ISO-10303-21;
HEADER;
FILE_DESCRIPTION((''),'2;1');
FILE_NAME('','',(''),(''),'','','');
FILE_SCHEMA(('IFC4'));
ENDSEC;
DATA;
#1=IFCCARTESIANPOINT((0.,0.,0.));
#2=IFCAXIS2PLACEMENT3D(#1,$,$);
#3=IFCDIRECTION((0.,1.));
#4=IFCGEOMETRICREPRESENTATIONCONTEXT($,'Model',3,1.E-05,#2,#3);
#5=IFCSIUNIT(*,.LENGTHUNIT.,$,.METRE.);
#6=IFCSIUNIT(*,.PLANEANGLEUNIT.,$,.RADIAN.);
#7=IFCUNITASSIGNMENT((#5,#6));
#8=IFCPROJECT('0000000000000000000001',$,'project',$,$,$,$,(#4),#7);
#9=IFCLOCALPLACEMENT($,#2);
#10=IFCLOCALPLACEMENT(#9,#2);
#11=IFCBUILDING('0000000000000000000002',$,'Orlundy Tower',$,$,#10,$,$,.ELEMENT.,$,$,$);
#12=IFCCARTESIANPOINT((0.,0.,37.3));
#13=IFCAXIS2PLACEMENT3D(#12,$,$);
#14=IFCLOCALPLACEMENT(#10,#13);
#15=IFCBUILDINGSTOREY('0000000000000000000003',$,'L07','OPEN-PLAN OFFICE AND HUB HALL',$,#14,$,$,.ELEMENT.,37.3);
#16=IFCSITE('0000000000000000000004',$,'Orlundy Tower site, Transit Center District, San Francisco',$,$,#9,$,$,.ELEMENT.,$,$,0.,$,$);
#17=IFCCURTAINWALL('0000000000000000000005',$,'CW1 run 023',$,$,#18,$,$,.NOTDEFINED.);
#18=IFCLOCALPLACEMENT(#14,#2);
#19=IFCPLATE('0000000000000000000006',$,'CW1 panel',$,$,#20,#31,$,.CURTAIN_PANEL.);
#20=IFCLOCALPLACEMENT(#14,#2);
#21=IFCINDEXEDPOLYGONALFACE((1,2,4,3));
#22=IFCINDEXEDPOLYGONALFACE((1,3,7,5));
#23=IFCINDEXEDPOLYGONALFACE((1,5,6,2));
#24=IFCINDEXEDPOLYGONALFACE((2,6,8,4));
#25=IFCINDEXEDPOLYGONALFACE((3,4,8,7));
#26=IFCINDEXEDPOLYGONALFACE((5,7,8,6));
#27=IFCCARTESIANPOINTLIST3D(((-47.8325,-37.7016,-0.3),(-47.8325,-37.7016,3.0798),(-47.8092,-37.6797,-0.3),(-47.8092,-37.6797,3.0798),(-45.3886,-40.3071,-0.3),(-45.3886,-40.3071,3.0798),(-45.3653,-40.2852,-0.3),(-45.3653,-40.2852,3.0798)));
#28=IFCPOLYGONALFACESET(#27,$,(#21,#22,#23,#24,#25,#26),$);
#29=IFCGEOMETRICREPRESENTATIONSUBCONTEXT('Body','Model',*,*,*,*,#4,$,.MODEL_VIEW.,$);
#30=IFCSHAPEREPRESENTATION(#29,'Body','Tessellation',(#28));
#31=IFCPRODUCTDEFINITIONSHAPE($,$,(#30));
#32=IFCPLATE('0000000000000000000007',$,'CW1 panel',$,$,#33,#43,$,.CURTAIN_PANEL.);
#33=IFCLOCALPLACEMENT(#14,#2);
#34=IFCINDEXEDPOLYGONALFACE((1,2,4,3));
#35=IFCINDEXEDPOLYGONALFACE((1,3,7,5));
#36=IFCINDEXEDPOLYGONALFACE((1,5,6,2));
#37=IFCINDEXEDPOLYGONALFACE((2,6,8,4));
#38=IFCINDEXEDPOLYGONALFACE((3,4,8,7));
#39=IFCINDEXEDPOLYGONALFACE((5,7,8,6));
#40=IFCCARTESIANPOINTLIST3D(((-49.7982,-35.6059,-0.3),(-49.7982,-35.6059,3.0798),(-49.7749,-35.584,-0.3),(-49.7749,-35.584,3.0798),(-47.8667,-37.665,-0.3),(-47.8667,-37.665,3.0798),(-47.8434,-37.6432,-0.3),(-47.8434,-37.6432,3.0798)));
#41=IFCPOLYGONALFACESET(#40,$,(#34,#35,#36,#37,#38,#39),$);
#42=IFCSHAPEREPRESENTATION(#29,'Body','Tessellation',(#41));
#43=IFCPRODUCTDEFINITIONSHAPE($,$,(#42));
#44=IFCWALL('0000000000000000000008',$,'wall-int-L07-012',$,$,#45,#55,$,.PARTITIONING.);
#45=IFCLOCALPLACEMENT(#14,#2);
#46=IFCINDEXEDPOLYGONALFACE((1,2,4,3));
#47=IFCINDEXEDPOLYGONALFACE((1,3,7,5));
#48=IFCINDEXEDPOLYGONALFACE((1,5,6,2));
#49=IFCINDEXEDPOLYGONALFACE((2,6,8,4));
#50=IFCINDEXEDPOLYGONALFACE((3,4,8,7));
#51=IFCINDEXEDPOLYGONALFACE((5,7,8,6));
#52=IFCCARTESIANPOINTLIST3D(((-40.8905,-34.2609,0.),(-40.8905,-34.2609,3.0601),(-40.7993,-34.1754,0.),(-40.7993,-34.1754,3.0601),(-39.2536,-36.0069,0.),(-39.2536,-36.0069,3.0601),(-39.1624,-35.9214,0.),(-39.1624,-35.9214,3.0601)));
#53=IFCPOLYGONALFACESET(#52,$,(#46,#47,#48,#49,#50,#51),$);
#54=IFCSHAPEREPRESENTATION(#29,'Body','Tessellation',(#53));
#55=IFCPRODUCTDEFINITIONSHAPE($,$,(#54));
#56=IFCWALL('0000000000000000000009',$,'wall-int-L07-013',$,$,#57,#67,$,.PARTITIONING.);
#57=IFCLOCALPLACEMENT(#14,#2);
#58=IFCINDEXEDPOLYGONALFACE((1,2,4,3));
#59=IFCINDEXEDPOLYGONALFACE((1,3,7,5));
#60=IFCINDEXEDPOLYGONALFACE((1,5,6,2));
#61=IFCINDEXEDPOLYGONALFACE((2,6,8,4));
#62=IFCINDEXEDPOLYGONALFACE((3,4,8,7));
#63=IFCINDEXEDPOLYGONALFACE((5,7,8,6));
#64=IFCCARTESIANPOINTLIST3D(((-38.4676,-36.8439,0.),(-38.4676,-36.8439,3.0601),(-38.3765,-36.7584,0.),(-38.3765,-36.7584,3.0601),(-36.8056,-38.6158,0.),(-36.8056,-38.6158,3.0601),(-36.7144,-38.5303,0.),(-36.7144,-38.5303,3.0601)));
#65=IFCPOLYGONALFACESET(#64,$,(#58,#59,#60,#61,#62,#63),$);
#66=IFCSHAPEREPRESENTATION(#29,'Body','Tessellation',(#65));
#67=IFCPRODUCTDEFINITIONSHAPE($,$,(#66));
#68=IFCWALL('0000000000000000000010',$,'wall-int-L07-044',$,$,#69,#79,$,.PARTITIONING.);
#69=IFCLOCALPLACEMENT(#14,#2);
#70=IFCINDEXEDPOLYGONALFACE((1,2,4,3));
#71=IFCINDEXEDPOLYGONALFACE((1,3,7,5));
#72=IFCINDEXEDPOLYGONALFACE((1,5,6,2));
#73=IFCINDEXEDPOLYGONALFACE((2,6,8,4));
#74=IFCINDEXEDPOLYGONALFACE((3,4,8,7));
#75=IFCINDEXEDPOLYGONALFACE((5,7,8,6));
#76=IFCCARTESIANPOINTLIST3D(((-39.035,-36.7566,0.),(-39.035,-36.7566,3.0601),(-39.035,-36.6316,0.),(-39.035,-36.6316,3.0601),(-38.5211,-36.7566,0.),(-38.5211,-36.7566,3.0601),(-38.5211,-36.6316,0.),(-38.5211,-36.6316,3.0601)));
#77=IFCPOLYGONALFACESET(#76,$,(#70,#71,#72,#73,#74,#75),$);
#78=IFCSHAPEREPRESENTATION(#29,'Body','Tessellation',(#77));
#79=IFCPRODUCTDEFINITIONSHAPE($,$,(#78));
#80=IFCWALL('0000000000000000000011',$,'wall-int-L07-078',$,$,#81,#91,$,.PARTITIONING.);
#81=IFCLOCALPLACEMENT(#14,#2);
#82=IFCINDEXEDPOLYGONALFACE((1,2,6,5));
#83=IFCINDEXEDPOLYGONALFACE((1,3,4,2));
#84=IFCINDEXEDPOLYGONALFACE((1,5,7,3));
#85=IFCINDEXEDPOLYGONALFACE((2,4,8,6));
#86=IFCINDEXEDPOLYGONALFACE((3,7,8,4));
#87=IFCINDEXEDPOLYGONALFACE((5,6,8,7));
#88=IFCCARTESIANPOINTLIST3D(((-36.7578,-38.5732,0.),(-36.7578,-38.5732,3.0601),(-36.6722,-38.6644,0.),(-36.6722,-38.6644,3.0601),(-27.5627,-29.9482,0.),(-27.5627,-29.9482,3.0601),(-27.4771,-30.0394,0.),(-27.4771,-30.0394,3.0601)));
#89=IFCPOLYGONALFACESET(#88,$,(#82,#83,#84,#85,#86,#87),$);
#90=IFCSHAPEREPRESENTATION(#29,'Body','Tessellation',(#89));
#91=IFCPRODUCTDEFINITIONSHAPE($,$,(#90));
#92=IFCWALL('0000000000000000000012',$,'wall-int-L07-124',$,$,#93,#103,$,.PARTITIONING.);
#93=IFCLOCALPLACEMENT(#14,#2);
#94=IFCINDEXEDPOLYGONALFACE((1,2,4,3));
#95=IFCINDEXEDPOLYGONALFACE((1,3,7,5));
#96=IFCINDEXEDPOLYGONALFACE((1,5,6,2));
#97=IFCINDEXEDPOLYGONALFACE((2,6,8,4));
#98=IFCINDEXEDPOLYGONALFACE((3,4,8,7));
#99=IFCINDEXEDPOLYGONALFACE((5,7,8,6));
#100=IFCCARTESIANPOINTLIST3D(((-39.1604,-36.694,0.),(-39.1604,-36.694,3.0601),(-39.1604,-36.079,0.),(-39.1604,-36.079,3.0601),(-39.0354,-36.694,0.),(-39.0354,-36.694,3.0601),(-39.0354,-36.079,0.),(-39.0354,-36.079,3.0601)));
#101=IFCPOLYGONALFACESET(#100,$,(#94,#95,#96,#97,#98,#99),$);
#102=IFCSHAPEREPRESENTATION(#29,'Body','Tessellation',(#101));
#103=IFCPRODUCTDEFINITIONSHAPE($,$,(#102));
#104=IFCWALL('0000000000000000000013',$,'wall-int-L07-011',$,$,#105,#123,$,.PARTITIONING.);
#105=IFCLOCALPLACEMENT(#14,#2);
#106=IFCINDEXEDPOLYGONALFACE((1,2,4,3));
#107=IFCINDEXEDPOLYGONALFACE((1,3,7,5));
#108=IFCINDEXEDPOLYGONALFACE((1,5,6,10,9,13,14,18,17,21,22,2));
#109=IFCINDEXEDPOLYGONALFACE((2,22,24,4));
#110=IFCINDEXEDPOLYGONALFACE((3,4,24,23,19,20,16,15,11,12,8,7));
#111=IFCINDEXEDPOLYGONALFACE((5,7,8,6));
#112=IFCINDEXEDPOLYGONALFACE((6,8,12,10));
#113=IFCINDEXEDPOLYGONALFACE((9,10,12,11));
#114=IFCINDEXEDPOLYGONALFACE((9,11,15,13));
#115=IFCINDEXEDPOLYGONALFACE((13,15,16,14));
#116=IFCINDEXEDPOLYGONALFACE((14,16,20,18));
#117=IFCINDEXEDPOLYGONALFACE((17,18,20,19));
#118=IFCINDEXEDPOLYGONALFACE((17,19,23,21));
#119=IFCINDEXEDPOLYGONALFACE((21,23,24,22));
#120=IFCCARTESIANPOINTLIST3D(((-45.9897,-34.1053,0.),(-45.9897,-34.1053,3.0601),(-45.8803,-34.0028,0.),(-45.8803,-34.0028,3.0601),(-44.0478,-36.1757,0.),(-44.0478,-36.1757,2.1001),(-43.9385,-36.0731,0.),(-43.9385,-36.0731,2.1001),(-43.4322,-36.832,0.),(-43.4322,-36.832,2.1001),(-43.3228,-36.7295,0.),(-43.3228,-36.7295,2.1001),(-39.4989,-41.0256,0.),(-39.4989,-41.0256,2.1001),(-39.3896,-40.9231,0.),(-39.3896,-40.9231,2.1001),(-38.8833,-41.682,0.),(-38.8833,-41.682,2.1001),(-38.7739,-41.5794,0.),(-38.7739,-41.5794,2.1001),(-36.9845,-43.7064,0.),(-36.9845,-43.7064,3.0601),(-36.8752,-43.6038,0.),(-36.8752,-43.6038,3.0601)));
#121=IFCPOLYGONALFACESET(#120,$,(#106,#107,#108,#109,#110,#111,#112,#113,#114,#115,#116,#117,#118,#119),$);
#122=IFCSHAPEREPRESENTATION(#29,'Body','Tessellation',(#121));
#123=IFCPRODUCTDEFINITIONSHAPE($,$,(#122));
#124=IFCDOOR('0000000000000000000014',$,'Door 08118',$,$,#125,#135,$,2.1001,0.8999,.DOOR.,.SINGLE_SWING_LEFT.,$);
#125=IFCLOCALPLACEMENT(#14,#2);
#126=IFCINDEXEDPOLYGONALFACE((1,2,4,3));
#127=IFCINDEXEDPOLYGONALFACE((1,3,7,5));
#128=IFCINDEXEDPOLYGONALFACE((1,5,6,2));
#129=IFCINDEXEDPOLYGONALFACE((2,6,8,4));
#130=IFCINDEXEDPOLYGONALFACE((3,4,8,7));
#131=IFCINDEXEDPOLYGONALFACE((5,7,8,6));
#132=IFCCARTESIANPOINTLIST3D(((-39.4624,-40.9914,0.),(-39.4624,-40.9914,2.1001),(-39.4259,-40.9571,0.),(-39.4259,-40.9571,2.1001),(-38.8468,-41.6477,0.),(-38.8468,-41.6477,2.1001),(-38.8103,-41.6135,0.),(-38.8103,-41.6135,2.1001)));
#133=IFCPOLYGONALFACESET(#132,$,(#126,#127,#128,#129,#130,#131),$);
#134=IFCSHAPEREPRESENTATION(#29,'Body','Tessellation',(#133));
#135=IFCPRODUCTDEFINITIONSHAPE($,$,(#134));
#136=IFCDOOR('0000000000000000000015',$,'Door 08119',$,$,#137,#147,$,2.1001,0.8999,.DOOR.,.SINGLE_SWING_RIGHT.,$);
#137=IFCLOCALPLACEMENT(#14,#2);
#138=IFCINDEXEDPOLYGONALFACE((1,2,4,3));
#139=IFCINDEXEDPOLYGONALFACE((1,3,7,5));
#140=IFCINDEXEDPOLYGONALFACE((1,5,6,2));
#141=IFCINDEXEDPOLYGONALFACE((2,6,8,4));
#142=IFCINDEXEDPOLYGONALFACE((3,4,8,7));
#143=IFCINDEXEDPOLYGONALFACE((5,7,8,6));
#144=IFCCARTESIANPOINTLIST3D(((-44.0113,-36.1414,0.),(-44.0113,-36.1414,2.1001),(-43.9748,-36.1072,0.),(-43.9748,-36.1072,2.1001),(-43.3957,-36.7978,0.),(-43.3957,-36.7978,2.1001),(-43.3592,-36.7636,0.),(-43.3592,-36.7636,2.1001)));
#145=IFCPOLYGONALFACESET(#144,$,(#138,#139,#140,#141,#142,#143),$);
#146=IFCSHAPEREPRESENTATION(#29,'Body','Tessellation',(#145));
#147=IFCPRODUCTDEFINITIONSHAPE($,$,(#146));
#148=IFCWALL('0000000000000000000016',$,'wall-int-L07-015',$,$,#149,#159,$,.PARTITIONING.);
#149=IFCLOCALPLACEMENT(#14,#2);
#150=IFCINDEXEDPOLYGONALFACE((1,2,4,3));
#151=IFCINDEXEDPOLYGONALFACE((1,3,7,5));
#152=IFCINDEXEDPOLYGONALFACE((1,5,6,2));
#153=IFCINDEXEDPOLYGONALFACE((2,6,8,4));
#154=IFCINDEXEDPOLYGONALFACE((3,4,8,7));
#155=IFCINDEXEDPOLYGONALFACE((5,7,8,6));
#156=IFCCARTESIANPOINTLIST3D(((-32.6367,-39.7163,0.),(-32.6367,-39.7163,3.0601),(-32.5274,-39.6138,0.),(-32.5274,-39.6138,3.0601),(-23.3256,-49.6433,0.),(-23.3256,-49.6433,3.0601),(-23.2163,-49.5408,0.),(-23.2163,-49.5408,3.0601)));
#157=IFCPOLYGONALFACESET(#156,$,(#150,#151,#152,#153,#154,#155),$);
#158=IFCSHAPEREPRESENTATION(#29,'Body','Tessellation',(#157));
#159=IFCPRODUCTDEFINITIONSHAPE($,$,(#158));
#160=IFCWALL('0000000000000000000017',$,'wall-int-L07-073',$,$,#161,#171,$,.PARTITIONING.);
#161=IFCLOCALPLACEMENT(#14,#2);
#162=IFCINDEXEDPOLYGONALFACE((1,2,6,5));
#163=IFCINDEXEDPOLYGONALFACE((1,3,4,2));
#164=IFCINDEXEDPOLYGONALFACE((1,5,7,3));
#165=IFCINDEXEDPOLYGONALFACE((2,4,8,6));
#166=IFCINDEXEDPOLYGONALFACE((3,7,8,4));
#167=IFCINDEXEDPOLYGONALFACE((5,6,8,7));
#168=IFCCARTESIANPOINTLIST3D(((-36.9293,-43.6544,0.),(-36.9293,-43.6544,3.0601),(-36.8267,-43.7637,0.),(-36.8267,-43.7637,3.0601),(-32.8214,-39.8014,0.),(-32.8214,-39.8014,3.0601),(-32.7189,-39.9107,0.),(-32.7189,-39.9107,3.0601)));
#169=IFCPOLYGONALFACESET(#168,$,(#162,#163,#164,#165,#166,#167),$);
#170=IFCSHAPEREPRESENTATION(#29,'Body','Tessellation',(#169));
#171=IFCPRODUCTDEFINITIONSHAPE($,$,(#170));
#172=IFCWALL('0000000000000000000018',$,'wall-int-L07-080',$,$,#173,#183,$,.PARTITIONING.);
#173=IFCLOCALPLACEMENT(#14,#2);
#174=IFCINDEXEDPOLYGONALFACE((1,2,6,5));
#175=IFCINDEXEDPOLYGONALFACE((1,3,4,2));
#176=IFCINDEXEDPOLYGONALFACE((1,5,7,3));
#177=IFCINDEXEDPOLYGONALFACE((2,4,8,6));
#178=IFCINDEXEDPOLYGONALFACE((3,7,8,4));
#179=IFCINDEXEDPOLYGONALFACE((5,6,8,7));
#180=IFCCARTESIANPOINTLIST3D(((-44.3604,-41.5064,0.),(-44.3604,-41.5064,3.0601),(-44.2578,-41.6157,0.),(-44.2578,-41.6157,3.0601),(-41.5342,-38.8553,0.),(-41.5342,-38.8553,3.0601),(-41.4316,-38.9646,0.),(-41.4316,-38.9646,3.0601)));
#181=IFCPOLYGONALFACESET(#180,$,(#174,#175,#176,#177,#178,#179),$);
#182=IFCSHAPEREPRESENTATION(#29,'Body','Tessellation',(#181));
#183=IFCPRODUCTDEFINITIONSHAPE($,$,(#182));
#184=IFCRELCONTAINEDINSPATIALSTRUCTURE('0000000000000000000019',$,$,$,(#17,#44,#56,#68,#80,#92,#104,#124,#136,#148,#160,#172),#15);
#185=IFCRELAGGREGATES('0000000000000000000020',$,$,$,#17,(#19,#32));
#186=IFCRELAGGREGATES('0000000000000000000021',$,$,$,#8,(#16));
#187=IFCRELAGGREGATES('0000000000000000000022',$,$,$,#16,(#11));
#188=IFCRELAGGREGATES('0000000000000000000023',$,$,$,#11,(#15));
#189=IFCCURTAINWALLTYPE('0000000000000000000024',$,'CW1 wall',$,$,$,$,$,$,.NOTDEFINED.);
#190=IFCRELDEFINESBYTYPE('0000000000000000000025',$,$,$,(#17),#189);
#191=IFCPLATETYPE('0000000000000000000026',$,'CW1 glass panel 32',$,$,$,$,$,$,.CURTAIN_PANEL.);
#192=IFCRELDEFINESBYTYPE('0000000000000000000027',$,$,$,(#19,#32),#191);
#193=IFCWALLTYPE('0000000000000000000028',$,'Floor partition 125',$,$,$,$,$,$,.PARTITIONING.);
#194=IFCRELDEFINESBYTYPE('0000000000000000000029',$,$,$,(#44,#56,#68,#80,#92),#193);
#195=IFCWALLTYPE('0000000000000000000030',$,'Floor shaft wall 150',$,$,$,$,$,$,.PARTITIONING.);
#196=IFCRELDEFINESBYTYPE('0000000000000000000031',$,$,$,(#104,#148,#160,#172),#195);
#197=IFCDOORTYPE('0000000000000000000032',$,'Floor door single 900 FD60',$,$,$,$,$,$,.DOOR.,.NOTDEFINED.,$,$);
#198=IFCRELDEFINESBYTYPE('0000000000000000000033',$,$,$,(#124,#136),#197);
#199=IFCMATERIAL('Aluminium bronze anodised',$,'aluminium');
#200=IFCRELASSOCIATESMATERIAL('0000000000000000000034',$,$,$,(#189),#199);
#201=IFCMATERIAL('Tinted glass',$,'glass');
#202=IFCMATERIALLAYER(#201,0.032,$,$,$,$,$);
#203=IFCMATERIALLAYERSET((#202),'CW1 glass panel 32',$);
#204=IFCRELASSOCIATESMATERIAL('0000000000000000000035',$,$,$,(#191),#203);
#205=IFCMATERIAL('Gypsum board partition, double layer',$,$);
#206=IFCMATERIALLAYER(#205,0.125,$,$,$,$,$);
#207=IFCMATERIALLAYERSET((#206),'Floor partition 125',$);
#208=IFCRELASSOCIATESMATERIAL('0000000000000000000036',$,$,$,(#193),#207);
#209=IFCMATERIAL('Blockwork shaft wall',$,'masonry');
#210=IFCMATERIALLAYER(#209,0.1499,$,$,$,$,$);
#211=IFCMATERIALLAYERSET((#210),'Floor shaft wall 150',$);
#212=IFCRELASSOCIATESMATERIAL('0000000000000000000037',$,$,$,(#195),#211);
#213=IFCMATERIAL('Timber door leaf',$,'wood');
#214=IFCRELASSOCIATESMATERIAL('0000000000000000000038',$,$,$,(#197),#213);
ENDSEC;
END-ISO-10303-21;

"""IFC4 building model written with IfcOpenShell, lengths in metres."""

from ifc_helpers import new_model, si_unit, direction, frame, frame_2d, origin, origin_2d, place, context, subcontext, project, spatial, rectangle, extrude, material, layer, layer_set, type_object, element, fill, aggregate, save


model = new_model("IFC4")

# Units and contexts
model_context = context("Model", 3, precision=1e-05, world=origin(), true_north=direction((0.0, 1.0)))
body_context = subcontext(model_context, "Body", "Model", "MODEL_VIEW")
ifc_project = project(units=[si_unit("LENGTHUNIT", "METRE"), si_unit("PLANEANGLEUNIT", "RADIAN")], contexts=[model_context])

# Site, building, storey
site_placement = place(None, origin())
site = spatial("IfcSite", under=ifc_project, at=site_placement, Name="Orlundy Tower site, Transit Center District, San Francisco", CompositionType="ELEMENT", RefElevation=0.0)
building_placement = place(site_placement, origin())
building = spatial("IfcBuilding", under=site, at=building_placement, Name="Orlundy Tower", CompositionType="ELEMENT")
storey_placement = place(building_placement, frame((0.0, 0.0, 37.3)))
storey = spatial("IfcBuildingStorey", under=building, at=storey_placement, Name="L07", Description="OPEN-PLAN OFFICE AND HUB HALL", CompositionType="ELEMENT", Elevation=37.3)

# Shared definitions
ifc_material_1 = material(Name="Aluminium bronze anodised", Category="aluminium")
curtain_wall_type = type_object("IfcCurtainWallType", Name="CW1 wall", PredefinedType="NOTDEFINED", material=ifc_material_1)

# Curtain wall
curtain_wall_1_placement = place(storey_placement, origin())
curtain_wall_1 = element("IfcCurtainWall", 1, at=curtain_wall_1_placement, inside=storey, type_object=curtain_wall_type, Name="CW1 run 023", PredefinedType="NOTDEFINED")

# Plates
ifc_material_2 = material(Name="Tinted glass", Category="glass")
ifc_layer_1 = layer(ifc_material_2, 0.032)
ifc_layer_set_1 = layer_set([ifc_layer_1], Name="CW1 glass panel 32")
plate_type = type_object("IfcPlateType", Name="CW1 glass panel 32", PredefinedType="CURTAIN_PANEL", material=ifc_layer_set_1)
plate_1_placement = place(storey_placement, frame((-46.5989, -38.9934, -0.3), z_axis=(0.0, 0.0, 1.0), x_axis=(-0.684126, 0.729363, 0.0)))
plate_1 = element("IfcPlate", 2, at=plate_1_placement, type_object=plate_type, Name="CW1 panel", PredefinedType="CURTAIN_PANEL", context=body_context, shape_type="SweptSolid", body=[
    extrude(rectangle(XDim=3.5723, YDim=0.032, at=origin_2d()), origin(), (0.0, 0.0, 1.0), 3.3799),
])
plate_2_placement = place(storey_placement, frame((-48.8208, -36.6245, -0.3), z_axis=(0.0, 0.0, 1.0), x_axis=(-0.684126, 0.729363, 0.0)))
plate_2 = element("IfcPlate", 3, at=plate_2_placement, type_object=plate_type, Name="CW1 panel", PredefinedType="CURTAIN_PANEL", context=body_context, shape_type="SweptSolid", body=[
    extrude(rectangle(XDim=2.8232, YDim=0.032, at=origin_2d()), origin(), (0.0, 0.0, 1.0), 3.3799),
])
aggregate(curtain_wall_1, [plate_1, plate_2])

# Walls
ifc_material_3 = material(Name="Gypsum board partition, double layer")
ifc_layer_2 = layer(ifc_material_3, 0.125)
ifc_layer_set_2 = layer_set([ifc_layer_2], Name="Floor partition 125")
wall_type_1 = type_object("IfcWallType", Name="Floor partition 125", PredefinedType="PARTITIONING", material=ifc_layer_set_2)
wall_1_placement = place(storey_placement, frame((-40.845, -34.218, 0.0), z_axis=(0.0, 0.0, 1.0), x_axis=(0.683941, -0.729537, 0.0)))
element("IfcWall", 4, at=wall_1_placement, inside=storey, type_object=wall_type_1, Name="wall-int-L07-012", PredefinedType="PARTITIONING", context=body_context, shape_type="SweptSolid", body=[
    extrude(rectangle(XDim=2.3933, YDim=0.125, at=frame_2d((1.1968, 0.0))), origin(), (0.0, 0.0, 1.0), 3.0601),
])
wall_2_placement = place(storey_placement, frame((-38.4221, -36.801, 0.0), z_axis=(0.0, 0.0, 1.0), x_axis=(0.684135, -0.729355, 0.0)))
element("IfcWall", 5, at=wall_2_placement, inside=storey, type_object=wall_type_1, Name="wall-int-L07-013", PredefinedType="PARTITIONING", context=body_context, shape_type="SweptSolid", body=[
    extrude(rectangle(XDim=2.4294, YDim=0.125, at=frame_2d((1.2148, 0.0))), origin(), (0.0, 0.0, 1.0), 3.0601),
])
wall_3_placement = place(storey_placement, frame((-39.0349, -36.6941, 0.0), z_axis=(0.0, 0.0, 1.0), x_axis=(1.0, 0.0, 0.0)))
element("IfcWall", 6, at=wall_3_placement, inside=storey, type_object=wall_type_1, Name="wall-int-L07-044", PredefinedType="PARTITIONING", context=body_context, shape_type="SweptSolid", body=[
    extrude(rectangle(XDim=0.5139, YDim=0.125, at=frame_2d((0.2568, 0.0))), origin(), (0.0, 0.0, 1.0), 3.0601),
])
wall_4_placement = place(storey_placement, frame((-36.7151, -38.6189, 0.0), z_axis=(0.0, 0.0, 1.0), x_axis=(0.729354, 0.684136, 0.0)))
element("IfcWall", 7, at=wall_4_placement, inside=storey, type_object=wall_type_1, Name="wall-int-L07-078", PredefinedType="PARTITIONING", context=body_context, shape_type="SweptSolid", body=[
    extrude(rectangle(XDim=12.6072, YDim=0.125, at=frame_2d((6.3037, 0.0))), origin(), (0.0, 0.0, 1.0), 3.0601),
])
wall_5_placement = place(storey_placement, frame((-39.0979, -36.6941, 0.0), z_axis=(0.0, 0.0, 1.0), x_axis=(0.0, 1.0, 0.0)))
element("IfcWall", 8, at=wall_5_placement, inside=storey, type_object=wall_type_1, Name="wall-int-L07-124", PredefinedType="PARTITIONING", context=body_context, shape_type="SweptSolid", body=[
    extrude(rectangle(XDim=0.615, YDim=0.125, at=frame_2d((0.3076, 0.0))), origin(), (0.0, 0.0, 1.0), 3.0601),
])

# Wall, openings, doors
ifc_material_4 = material(Name="Blockwork shaft wall", Category="masonry")
ifc_layer_3 = layer(ifc_material_4, 0.1499)
ifc_layer_set_3 = layer_set([ifc_layer_3], Name="Floor shaft wall 150")
wall_type_2 = type_object("IfcWallType", Name="Floor shaft wall 150", PredefinedType="PARTITIONING", material=ifc_layer_set_3)
wall_6_placement = place(storey_placement, frame((-36.9299, -43.655, 0.0), z_axis=(0.0, 0.0, 1.0), x_axis=(-0.684108, 0.729381, 0.0)))
wall_6 = element("IfcWall", 9, at=wall_6_placement, inside=storey, type_object=wall_type_2, Name="wall-int-L07-011", PredefinedType="PARTITIONING", context=body_context, shape_type="SweptSolid", body=[
    extrude(rectangle(XDim=13.1633, YDim=0.1499, at=frame_2d((6.5815, 0.0))), origin(), (0.0, 0.0, 1.0), 3.0601),
])
opening_1_placement = place(wall_6_placement, frame((2.7754, 0.0, 0.0)))
opening_1 = element("IfcOpeningElement", 10, at=opening_1_placement, cuts=wall_6, PredefinedType="OPENING", context=body_context, shape_type="SweptSolid", body=[
    extrude(rectangle(XDim=0.8999, YDim=2.1001, at=frame_2d((0.45, 1.05))), frame((0.0, 0.085, 0.0), z_axis=(0.0, -1.0, 0.0), x_axis=(1.0, 0.0, 0.0)), (0.0, 0.0, 1.0), 0.1699),
])
opening_2_placement = place(wall_6_placement, frame((9.4248, 0.0, 0.0)))
opening_2 = element("IfcOpeningElement", 11, at=opening_2_placement, cuts=wall_6, PredefinedType="OPENING", context=body_context, shape_type="SweptSolid", body=[
    extrude(rectangle(XDim=0.8999, YDim=2.1001, at=frame_2d((0.45, 1.05))), frame((0.0, 0.085, 0.0), z_axis=(0.0, -1.0, 0.0), x_axis=(1.0, 0.0, 0.0)), (0.0, 0.0, 1.0), 0.1699),
])
ifc_material_5 = material(Name="Timber door leaf", Category="wood")
door_type = type_object("IfcDoorType", Name="Floor door single 900 FD60", OperationType="NOTDEFINED", PredefinedType="DOOR", material=ifc_material_5)
door_1_placement = place(opening_1_placement, origin())
door_1 = element("IfcDoor", 12, at=door_1_placement, inside=storey, type_object=door_type, Name="Door 08118", OperationType="SINGLE_SWING_LEFT", OverallHeight=2.1001, OverallWidth=0.8999, PredefinedType="DOOR", context=body_context, shape_type="SweptSolid", body=[
    extrude(rectangle(XDim=0.8999, YDim=2.1001, at=frame_2d((0.45, 1.05))), frame((0.0, 0.0249, 0.0), z_axis=(0.0, -1.0, 0.0), x_axis=(1.0, 0.0, 0.0)), (0.0, 0.0, 1.0), 0.05),
])
fill(opening_1, door_1)
door_2_placement = place(opening_2_placement, origin())
door_2 = element("IfcDoor", 13, at=door_2_placement, inside=storey, type_object=door_type, Name="Door 08119", OperationType="SINGLE_SWING_RIGHT", OverallHeight=2.1001, OverallWidth=0.8999, PredefinedType="DOOR", context=body_context, shape_type="SweptSolid", body=[
    extrude(rectangle(XDim=0.8999, YDim=2.1001, at=frame_2d((0.45, 1.05))), frame((0.0, 0.0249, 0.0), z_axis=(0.0, -1.0, 0.0), x_axis=(1.0, 0.0, 0.0)), (0.0, 0.0, 1.0), 0.05),
])
fill(opening_2, door_2)

# Walls
wall_7_placement = place(storey_placement, frame((-32.582, -39.665, 0.0), z_axis=(0.0, 0.0, 1.0), x_axis=(0.684116, -0.729373, 0.0)))
element("IfcWall", 14, at=wall_7_placement, inside=storey, type_object=wall_type_2, Name="wall-int-L07-015", PredefinedType="PARTITIONING", context=body_context, shape_type="SweptSolid", body=[
    extrude(rectangle(XDim=13.6104, YDim=0.1499, at=frame_2d((6.8052, 0.0))), origin(), (0.0, 0.0, 1.0), 3.0601),
])
wall_8_placement = place(storey_placement, frame((-36.8779, -43.709, 0.0), z_axis=(0.0, 0.0, 1.0), x_axis=(0.729372, 0.684117, 0.0)))
element("IfcWall", 15, at=wall_8_placement, inside=storey, type_object=wall_type_2, Name="wall-int-L07-073", PredefinedType="PARTITIONING", context=body_context, shape_type="SweptSolid", body=[
    extrude(rectangle(XDim=5.6321, YDim=0.1499, at=frame_2d((2.8159, 0.0))), origin(), (0.0, 0.0, 1.0), 3.0601),
])
wall_9_placement = place(storey_placement, frame((-44.3091, -41.561, 0.0), z_axis=(0.0, 0.0, 1.0), x_axis=(0.729333, 0.684159, 0.0)))
element("IfcWall", 16, at=wall_9_placement, inside=storey, type_object=wall_type_2, Name="wall-int-L07-080", PredefinedType="PARTITIONING", context=body_context, shape_type="SweptSolid", body=[
    extrude(rectangle(XDim=3.875, YDim=0.1499, at=frame_2d((1.9375, 0.0))), origin(), (0.0, 0.0, 1.0), 3.0601),
])

save(model, "model.ifc")
